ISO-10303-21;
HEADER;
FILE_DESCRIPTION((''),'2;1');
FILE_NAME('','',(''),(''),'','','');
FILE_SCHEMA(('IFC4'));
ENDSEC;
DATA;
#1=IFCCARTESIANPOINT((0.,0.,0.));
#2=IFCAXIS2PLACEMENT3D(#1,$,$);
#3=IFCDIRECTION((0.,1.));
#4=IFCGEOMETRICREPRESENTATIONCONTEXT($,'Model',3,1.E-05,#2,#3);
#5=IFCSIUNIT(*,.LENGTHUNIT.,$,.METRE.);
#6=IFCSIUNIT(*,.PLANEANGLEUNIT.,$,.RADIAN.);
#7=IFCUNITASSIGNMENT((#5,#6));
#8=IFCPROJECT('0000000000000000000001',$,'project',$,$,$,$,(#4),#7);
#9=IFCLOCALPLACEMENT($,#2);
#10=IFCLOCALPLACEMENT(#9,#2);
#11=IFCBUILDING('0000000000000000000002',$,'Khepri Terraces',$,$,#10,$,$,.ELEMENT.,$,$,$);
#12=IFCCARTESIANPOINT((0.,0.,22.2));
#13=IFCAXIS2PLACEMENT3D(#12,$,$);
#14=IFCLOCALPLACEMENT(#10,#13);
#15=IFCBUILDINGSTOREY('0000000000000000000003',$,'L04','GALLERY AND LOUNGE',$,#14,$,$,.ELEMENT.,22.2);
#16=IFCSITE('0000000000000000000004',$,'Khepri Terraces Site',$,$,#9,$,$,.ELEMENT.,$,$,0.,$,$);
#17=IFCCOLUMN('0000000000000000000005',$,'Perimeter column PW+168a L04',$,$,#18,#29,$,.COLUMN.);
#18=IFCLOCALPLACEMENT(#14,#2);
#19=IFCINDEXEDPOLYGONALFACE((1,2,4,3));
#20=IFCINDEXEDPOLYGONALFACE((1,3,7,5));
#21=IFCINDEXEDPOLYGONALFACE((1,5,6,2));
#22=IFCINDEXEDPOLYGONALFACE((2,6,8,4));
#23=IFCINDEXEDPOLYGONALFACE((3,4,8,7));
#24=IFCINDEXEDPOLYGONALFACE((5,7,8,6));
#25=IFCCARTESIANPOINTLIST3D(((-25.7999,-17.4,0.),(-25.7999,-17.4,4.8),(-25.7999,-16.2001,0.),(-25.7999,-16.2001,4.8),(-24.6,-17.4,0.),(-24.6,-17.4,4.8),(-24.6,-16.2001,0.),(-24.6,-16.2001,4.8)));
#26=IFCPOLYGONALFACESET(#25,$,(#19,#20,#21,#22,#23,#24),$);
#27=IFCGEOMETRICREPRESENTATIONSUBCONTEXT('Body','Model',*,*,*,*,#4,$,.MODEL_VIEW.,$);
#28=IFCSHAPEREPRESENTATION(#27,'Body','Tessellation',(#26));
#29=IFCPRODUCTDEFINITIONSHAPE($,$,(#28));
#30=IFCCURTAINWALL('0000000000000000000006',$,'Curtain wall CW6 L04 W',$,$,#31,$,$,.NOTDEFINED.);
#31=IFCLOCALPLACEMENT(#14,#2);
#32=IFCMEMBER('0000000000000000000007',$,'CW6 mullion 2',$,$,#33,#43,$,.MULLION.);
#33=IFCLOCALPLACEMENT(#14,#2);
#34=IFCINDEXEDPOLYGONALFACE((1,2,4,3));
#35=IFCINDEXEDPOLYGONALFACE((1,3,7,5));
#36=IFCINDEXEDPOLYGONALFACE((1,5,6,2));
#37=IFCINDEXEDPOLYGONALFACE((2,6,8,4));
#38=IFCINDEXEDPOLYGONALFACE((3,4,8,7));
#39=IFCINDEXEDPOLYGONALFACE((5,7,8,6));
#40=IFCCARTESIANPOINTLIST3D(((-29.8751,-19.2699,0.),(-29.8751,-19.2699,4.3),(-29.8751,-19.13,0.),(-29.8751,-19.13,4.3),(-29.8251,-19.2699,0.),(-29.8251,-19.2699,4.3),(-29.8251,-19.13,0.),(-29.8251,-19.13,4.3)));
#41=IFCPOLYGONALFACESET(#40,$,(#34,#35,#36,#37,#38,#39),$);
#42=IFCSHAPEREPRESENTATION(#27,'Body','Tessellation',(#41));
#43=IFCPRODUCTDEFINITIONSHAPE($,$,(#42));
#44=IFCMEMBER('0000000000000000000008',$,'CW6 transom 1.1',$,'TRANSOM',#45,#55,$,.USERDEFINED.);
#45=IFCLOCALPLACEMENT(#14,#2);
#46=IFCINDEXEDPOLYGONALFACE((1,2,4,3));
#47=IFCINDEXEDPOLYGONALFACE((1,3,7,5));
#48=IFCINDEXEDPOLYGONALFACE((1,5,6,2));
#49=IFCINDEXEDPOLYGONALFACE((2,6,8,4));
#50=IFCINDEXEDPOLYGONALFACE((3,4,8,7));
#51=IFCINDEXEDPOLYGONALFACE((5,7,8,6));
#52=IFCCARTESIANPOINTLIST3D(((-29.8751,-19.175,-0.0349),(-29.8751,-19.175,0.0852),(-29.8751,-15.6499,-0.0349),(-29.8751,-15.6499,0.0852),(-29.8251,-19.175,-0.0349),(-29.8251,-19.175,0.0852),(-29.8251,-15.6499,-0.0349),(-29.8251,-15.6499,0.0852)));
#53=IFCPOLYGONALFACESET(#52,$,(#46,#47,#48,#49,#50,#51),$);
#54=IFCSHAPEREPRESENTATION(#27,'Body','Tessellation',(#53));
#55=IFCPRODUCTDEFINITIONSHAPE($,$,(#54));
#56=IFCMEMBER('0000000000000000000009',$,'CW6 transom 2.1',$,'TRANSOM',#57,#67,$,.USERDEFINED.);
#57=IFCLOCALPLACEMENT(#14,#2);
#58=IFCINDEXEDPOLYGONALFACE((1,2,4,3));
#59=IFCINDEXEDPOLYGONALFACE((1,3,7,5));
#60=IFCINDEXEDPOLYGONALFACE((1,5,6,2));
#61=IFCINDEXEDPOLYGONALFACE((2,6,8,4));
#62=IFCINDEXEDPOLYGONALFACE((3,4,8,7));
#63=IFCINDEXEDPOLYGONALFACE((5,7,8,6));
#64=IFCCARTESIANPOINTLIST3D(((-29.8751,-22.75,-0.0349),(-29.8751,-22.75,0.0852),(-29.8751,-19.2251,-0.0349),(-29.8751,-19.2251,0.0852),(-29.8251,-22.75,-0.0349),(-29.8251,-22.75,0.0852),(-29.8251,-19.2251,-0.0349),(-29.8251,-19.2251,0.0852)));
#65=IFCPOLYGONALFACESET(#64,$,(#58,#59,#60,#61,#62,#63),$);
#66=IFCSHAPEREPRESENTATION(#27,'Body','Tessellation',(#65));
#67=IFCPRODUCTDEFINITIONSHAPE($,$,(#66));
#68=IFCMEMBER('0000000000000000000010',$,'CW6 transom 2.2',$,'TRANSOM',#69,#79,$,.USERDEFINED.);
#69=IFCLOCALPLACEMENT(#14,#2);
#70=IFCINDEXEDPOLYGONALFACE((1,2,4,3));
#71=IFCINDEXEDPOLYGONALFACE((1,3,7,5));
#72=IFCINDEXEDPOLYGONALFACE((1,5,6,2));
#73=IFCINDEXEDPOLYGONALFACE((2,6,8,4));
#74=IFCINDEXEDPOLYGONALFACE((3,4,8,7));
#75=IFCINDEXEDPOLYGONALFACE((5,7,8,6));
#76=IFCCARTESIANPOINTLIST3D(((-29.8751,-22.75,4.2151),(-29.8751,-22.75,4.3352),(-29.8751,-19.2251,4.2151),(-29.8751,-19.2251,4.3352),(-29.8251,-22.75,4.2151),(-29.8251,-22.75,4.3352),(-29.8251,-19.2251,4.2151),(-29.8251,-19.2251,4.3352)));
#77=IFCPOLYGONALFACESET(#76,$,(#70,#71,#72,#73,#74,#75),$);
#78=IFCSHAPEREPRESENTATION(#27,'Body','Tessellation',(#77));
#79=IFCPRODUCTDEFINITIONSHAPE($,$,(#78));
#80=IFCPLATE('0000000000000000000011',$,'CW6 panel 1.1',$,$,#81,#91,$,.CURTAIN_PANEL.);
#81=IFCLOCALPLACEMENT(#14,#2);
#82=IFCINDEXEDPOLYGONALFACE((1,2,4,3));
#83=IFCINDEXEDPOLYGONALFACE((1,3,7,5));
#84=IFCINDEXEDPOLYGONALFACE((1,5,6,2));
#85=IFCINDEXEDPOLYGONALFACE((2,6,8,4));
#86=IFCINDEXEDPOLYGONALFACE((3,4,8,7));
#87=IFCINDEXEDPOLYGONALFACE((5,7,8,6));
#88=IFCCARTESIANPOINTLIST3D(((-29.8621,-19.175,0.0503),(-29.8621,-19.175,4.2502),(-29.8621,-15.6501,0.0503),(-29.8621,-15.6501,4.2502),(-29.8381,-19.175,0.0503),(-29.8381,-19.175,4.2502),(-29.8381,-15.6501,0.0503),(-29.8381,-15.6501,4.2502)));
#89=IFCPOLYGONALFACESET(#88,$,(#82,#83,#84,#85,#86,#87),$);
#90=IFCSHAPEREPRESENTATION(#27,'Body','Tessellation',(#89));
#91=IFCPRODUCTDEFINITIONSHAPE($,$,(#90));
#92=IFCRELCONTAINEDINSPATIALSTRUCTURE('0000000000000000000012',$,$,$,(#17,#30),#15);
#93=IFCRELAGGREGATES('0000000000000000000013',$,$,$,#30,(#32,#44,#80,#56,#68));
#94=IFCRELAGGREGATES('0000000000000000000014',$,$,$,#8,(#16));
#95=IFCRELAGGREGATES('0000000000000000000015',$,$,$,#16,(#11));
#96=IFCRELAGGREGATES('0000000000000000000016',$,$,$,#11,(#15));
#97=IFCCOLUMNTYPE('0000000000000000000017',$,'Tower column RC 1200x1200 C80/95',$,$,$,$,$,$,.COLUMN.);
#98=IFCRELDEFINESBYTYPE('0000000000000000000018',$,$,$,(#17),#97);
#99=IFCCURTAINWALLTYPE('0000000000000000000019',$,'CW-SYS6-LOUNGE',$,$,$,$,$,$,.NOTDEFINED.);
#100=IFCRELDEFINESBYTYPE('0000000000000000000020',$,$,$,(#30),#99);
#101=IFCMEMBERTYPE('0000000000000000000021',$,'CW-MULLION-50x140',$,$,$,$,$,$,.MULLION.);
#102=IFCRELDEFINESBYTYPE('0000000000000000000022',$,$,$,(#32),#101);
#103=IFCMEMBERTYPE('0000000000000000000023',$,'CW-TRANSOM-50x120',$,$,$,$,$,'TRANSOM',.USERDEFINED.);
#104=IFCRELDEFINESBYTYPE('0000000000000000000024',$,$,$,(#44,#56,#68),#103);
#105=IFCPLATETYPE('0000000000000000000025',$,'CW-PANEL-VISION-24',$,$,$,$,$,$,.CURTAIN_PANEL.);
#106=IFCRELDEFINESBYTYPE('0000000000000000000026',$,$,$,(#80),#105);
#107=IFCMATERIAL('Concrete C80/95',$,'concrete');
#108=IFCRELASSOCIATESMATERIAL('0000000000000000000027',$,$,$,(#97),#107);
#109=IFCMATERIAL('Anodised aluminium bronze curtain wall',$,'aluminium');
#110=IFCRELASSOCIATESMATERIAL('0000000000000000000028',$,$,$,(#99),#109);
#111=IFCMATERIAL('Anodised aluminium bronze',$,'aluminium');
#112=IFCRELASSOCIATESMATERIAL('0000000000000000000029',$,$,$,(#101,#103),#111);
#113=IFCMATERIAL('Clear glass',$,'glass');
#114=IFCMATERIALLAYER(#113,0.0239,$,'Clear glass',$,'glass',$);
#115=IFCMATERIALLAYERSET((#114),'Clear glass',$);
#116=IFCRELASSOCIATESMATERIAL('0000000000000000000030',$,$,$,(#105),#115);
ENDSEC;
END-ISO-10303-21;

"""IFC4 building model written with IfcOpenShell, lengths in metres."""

from ifc_helpers import new_model, si_unit, direction, frame, origin, origin_2d, place, context, subcontext, project, spatial, rectangle, extrude, material, layer, layer_set, material_profile, profile_set, type_object, element, aggregate, save


model = new_model("IFC4")

# Units and contexts
model_context = context("Model", 3, precision=1e-05, world=origin(), true_north=direction((0.0, 1.0)))
body_context = subcontext(model_context, "Body", "Model", "MODEL_VIEW")
ifc_project = project(units=[si_unit("LENGTHUNIT", "METRE"), si_unit("PLANEANGLEUNIT", "RADIAN")], contexts=[model_context])

# Site, building, storey
site_placement = place(None, origin())
site = spatial("IfcSite", under=ifc_project, at=site_placement, Name="Khepri Terraces Site", CompositionType="ELEMENT", RefElevation=0.0)
building_placement = place(site_placement, origin())
building = spatial("IfcBuilding", under=site, at=building_placement, Name="Khepri Terraces", CompositionType="ELEMENT")
storey_placement = place(building_placement, frame((0.0, 0.0, 22.2)))
storey = spatial("IfcBuildingStorey", under=building, at=storey_placement, Name="L04", Description="GALLERY AND LOUNGE", CompositionType="ELEMENT", Elevation=22.2)

# Column
ifc_material_1 = material(Name="Concrete C80/95", Category="concrete")
ifc_material_profile_1 = material_profile(ifc_material_1, rectangle(XDim=1.2, YDim=1.2, at=origin_2d()), Name="Concrete C80/95", Category="concrete")
ifc_profile_set_1 = profile_set([ifc_material_profile_1], Name="Concrete C80/95")
column_type = type_object("IfcColumnType", Name="Tower column RC 1200x1200 C80/95", PredefinedType="COLUMN", material=ifc_profile_set_1)
column_placement = place(storey_placement, frame((-25.2, -16.8, 0.0), z_axis=(0.0, 0.0, 1.0), x_axis=(1.0, 0.0, 0.0)))
element("IfcColumn", 1, at=column_placement, inside=storey, type_object=column_type, Name="Perimeter column PW+168a L04", PredefinedType="COLUMN", context=body_context, shape_type="SweptSolid", body=[
    extrude(rectangle(XDim=1.2, YDim=1.2, at=origin_2d()), origin(), (0.0, 0.0, 1.0), 4.8),
])

# Curtain wall, members, plate
ifc_material_2 = material(Name="Anodised aluminium bronze curtain wall", Category="aluminium")
curtain_wall_type = type_object("IfcCurtainWallType", Name="CW-SYS6-LOUNGE", PredefinedType="NOTDEFINED", material=ifc_material_2)
curtain_wall_placement = place(storey_placement, origin())
curtain_wall = element("IfcCurtainWall", 2, at=curtain_wall_placement, inside=storey, type_object=curtain_wall_type, Name="Curtain wall CW6 L04 W", PredefinedType="NOTDEFINED")
ifc_material_3 = material(Name="Anodised aluminium bronze", Category="aluminium")
ifc_material_profile_2 = material_profile(ifc_material_3, rectangle(XDim=0.05, YDim=0.1399, at=origin_2d()), Name="Anodised aluminium bronze", Category="aluminium")
ifc_profile_set_2 = profile_set([ifc_material_profile_2], Name="Anodised aluminium bronze")
member_type_1 = type_object("IfcMemberType", Name="CW-MULLION-50x140", PredefinedType="MULLION", material=ifc_profile_set_2)
member_1_placement = place(storey_placement, frame((-29.8501, -19.2, 0.0), z_axis=(0.0, 0.0, 1.0), x_axis=(1.0, 0.0, 0.0)))
member_1 = element("IfcMember", 3, at=member_1_placement, type_object=member_type_1, Name="CW6 mullion 2", PredefinedType="MULLION", context=body_context, shape_type="SweptSolid", body=[
    extrude(rectangle(XDim=0.05, YDim=0.1399, at=origin_2d()), origin(), (0.0, 0.0, 1.0), 4.3),
])
ifc_material_profile_3 = material_profile(ifc_material_3, rectangle(XDim=0.05, YDim=0.1201, at=origin_2d()), Name="Anodised aluminium bronze", Category="aluminium")
ifc_profile_set_3 = profile_set([ifc_material_profile_3], Name="Anodised aluminium bronze")
member_type_2 = type_object("IfcMemberType", Name="CW-TRANSOM-50x120", ElementType="TRANSOM", PredefinedType="USERDEFINED", material=ifc_profile_set_3)
member_2_placement = place(storey_placement, frame((-29.8501, -15.6499, 0.0251), z_axis=(0.0, -1.0, 0.0), x_axis=(1.0, 0.0, 0.0)))
member_2 = element("IfcMember", 4, at=member_2_placement, type_object=member_type_2, Name="CW6 transom 1.1", ObjectType="TRANSOM", PredefinedType="USERDEFINED", context=body_context, shape_type="SweptSolid", body=[
    extrude(rectangle(XDim=0.05, YDim=0.1201, at=origin_2d()), origin(), (0.0, 0.0, 1.0), 3.5251),
])
member_3_placement = place(storey_placement, frame((-29.8501, -19.2251, 0.0251), z_axis=(0.0, -1.0, 0.0), x_axis=(1.0, 0.0, 0.0)))
member_3 = element("IfcMember", 5, at=member_3_placement, type_object=member_type_2, Name="CW6 transom 2.1", ObjectType="TRANSOM", PredefinedType="USERDEFINED", context=body_context, shape_type="SweptSolid", body=[
    extrude(rectangle(XDim=0.05, YDim=0.1201, at=origin_2d()), origin(), (0.0, 0.0, 1.0), 3.5249),
])
member_4_placement = place(storey_placement, frame((-29.8501, -19.2251, 4.2751), z_axis=(0.0, -1.0, 0.0), x_axis=(1.0, 0.0, 0.0)))
member_4 = element("IfcMember", 6, at=member_4_placement, type_object=member_type_2, Name="CW6 transom 2.2", ObjectType="TRANSOM", PredefinedType="USERDEFINED", context=body_context, shape_type="SweptSolid", body=[
    extrude(rectangle(XDim=0.05, YDim=0.1201, at=origin_2d()), origin(), (0.0, 0.0, 1.0), 3.5249),
])
ifc_material_4 = material(Name="Clear glass", Category="glass")
ifc_layer_1 = layer(ifc_material_4, 0.0239, Name="Clear glass", Category="glass")
ifc_layer_set_1 = layer_set([ifc_layer_1], Name="Clear glass")
plate_type = type_object("IfcPlateType", Name="CW-PANEL-VISION-24", PredefinedType="CURTAIN_PANEL", material=ifc_layer_set_1)
plate_placement = place(storey_placement, frame((-29.8501, -17.4126, 0.0503), z_axis=(0.0, 0.0, 1.0), x_axis=(0.0, -1.0, 0.0)))
plate = element("IfcPlate", 7, at=plate_placement, type_object=plate_type, Name="CW6 panel 1.1", PredefinedType="CURTAIN_PANEL", context=body_context, shape_type="SweptSolid", body=[
    extrude(rectangle(XDim=3.5249, YDim=0.0239, at=origin_2d()), origin(), (0.0, 0.0, 1.0), 4.2),
])
aggregate(curtain_wall, [member_1, member_2, plate, member_3, member_4])

save(model, "model.ifc")
